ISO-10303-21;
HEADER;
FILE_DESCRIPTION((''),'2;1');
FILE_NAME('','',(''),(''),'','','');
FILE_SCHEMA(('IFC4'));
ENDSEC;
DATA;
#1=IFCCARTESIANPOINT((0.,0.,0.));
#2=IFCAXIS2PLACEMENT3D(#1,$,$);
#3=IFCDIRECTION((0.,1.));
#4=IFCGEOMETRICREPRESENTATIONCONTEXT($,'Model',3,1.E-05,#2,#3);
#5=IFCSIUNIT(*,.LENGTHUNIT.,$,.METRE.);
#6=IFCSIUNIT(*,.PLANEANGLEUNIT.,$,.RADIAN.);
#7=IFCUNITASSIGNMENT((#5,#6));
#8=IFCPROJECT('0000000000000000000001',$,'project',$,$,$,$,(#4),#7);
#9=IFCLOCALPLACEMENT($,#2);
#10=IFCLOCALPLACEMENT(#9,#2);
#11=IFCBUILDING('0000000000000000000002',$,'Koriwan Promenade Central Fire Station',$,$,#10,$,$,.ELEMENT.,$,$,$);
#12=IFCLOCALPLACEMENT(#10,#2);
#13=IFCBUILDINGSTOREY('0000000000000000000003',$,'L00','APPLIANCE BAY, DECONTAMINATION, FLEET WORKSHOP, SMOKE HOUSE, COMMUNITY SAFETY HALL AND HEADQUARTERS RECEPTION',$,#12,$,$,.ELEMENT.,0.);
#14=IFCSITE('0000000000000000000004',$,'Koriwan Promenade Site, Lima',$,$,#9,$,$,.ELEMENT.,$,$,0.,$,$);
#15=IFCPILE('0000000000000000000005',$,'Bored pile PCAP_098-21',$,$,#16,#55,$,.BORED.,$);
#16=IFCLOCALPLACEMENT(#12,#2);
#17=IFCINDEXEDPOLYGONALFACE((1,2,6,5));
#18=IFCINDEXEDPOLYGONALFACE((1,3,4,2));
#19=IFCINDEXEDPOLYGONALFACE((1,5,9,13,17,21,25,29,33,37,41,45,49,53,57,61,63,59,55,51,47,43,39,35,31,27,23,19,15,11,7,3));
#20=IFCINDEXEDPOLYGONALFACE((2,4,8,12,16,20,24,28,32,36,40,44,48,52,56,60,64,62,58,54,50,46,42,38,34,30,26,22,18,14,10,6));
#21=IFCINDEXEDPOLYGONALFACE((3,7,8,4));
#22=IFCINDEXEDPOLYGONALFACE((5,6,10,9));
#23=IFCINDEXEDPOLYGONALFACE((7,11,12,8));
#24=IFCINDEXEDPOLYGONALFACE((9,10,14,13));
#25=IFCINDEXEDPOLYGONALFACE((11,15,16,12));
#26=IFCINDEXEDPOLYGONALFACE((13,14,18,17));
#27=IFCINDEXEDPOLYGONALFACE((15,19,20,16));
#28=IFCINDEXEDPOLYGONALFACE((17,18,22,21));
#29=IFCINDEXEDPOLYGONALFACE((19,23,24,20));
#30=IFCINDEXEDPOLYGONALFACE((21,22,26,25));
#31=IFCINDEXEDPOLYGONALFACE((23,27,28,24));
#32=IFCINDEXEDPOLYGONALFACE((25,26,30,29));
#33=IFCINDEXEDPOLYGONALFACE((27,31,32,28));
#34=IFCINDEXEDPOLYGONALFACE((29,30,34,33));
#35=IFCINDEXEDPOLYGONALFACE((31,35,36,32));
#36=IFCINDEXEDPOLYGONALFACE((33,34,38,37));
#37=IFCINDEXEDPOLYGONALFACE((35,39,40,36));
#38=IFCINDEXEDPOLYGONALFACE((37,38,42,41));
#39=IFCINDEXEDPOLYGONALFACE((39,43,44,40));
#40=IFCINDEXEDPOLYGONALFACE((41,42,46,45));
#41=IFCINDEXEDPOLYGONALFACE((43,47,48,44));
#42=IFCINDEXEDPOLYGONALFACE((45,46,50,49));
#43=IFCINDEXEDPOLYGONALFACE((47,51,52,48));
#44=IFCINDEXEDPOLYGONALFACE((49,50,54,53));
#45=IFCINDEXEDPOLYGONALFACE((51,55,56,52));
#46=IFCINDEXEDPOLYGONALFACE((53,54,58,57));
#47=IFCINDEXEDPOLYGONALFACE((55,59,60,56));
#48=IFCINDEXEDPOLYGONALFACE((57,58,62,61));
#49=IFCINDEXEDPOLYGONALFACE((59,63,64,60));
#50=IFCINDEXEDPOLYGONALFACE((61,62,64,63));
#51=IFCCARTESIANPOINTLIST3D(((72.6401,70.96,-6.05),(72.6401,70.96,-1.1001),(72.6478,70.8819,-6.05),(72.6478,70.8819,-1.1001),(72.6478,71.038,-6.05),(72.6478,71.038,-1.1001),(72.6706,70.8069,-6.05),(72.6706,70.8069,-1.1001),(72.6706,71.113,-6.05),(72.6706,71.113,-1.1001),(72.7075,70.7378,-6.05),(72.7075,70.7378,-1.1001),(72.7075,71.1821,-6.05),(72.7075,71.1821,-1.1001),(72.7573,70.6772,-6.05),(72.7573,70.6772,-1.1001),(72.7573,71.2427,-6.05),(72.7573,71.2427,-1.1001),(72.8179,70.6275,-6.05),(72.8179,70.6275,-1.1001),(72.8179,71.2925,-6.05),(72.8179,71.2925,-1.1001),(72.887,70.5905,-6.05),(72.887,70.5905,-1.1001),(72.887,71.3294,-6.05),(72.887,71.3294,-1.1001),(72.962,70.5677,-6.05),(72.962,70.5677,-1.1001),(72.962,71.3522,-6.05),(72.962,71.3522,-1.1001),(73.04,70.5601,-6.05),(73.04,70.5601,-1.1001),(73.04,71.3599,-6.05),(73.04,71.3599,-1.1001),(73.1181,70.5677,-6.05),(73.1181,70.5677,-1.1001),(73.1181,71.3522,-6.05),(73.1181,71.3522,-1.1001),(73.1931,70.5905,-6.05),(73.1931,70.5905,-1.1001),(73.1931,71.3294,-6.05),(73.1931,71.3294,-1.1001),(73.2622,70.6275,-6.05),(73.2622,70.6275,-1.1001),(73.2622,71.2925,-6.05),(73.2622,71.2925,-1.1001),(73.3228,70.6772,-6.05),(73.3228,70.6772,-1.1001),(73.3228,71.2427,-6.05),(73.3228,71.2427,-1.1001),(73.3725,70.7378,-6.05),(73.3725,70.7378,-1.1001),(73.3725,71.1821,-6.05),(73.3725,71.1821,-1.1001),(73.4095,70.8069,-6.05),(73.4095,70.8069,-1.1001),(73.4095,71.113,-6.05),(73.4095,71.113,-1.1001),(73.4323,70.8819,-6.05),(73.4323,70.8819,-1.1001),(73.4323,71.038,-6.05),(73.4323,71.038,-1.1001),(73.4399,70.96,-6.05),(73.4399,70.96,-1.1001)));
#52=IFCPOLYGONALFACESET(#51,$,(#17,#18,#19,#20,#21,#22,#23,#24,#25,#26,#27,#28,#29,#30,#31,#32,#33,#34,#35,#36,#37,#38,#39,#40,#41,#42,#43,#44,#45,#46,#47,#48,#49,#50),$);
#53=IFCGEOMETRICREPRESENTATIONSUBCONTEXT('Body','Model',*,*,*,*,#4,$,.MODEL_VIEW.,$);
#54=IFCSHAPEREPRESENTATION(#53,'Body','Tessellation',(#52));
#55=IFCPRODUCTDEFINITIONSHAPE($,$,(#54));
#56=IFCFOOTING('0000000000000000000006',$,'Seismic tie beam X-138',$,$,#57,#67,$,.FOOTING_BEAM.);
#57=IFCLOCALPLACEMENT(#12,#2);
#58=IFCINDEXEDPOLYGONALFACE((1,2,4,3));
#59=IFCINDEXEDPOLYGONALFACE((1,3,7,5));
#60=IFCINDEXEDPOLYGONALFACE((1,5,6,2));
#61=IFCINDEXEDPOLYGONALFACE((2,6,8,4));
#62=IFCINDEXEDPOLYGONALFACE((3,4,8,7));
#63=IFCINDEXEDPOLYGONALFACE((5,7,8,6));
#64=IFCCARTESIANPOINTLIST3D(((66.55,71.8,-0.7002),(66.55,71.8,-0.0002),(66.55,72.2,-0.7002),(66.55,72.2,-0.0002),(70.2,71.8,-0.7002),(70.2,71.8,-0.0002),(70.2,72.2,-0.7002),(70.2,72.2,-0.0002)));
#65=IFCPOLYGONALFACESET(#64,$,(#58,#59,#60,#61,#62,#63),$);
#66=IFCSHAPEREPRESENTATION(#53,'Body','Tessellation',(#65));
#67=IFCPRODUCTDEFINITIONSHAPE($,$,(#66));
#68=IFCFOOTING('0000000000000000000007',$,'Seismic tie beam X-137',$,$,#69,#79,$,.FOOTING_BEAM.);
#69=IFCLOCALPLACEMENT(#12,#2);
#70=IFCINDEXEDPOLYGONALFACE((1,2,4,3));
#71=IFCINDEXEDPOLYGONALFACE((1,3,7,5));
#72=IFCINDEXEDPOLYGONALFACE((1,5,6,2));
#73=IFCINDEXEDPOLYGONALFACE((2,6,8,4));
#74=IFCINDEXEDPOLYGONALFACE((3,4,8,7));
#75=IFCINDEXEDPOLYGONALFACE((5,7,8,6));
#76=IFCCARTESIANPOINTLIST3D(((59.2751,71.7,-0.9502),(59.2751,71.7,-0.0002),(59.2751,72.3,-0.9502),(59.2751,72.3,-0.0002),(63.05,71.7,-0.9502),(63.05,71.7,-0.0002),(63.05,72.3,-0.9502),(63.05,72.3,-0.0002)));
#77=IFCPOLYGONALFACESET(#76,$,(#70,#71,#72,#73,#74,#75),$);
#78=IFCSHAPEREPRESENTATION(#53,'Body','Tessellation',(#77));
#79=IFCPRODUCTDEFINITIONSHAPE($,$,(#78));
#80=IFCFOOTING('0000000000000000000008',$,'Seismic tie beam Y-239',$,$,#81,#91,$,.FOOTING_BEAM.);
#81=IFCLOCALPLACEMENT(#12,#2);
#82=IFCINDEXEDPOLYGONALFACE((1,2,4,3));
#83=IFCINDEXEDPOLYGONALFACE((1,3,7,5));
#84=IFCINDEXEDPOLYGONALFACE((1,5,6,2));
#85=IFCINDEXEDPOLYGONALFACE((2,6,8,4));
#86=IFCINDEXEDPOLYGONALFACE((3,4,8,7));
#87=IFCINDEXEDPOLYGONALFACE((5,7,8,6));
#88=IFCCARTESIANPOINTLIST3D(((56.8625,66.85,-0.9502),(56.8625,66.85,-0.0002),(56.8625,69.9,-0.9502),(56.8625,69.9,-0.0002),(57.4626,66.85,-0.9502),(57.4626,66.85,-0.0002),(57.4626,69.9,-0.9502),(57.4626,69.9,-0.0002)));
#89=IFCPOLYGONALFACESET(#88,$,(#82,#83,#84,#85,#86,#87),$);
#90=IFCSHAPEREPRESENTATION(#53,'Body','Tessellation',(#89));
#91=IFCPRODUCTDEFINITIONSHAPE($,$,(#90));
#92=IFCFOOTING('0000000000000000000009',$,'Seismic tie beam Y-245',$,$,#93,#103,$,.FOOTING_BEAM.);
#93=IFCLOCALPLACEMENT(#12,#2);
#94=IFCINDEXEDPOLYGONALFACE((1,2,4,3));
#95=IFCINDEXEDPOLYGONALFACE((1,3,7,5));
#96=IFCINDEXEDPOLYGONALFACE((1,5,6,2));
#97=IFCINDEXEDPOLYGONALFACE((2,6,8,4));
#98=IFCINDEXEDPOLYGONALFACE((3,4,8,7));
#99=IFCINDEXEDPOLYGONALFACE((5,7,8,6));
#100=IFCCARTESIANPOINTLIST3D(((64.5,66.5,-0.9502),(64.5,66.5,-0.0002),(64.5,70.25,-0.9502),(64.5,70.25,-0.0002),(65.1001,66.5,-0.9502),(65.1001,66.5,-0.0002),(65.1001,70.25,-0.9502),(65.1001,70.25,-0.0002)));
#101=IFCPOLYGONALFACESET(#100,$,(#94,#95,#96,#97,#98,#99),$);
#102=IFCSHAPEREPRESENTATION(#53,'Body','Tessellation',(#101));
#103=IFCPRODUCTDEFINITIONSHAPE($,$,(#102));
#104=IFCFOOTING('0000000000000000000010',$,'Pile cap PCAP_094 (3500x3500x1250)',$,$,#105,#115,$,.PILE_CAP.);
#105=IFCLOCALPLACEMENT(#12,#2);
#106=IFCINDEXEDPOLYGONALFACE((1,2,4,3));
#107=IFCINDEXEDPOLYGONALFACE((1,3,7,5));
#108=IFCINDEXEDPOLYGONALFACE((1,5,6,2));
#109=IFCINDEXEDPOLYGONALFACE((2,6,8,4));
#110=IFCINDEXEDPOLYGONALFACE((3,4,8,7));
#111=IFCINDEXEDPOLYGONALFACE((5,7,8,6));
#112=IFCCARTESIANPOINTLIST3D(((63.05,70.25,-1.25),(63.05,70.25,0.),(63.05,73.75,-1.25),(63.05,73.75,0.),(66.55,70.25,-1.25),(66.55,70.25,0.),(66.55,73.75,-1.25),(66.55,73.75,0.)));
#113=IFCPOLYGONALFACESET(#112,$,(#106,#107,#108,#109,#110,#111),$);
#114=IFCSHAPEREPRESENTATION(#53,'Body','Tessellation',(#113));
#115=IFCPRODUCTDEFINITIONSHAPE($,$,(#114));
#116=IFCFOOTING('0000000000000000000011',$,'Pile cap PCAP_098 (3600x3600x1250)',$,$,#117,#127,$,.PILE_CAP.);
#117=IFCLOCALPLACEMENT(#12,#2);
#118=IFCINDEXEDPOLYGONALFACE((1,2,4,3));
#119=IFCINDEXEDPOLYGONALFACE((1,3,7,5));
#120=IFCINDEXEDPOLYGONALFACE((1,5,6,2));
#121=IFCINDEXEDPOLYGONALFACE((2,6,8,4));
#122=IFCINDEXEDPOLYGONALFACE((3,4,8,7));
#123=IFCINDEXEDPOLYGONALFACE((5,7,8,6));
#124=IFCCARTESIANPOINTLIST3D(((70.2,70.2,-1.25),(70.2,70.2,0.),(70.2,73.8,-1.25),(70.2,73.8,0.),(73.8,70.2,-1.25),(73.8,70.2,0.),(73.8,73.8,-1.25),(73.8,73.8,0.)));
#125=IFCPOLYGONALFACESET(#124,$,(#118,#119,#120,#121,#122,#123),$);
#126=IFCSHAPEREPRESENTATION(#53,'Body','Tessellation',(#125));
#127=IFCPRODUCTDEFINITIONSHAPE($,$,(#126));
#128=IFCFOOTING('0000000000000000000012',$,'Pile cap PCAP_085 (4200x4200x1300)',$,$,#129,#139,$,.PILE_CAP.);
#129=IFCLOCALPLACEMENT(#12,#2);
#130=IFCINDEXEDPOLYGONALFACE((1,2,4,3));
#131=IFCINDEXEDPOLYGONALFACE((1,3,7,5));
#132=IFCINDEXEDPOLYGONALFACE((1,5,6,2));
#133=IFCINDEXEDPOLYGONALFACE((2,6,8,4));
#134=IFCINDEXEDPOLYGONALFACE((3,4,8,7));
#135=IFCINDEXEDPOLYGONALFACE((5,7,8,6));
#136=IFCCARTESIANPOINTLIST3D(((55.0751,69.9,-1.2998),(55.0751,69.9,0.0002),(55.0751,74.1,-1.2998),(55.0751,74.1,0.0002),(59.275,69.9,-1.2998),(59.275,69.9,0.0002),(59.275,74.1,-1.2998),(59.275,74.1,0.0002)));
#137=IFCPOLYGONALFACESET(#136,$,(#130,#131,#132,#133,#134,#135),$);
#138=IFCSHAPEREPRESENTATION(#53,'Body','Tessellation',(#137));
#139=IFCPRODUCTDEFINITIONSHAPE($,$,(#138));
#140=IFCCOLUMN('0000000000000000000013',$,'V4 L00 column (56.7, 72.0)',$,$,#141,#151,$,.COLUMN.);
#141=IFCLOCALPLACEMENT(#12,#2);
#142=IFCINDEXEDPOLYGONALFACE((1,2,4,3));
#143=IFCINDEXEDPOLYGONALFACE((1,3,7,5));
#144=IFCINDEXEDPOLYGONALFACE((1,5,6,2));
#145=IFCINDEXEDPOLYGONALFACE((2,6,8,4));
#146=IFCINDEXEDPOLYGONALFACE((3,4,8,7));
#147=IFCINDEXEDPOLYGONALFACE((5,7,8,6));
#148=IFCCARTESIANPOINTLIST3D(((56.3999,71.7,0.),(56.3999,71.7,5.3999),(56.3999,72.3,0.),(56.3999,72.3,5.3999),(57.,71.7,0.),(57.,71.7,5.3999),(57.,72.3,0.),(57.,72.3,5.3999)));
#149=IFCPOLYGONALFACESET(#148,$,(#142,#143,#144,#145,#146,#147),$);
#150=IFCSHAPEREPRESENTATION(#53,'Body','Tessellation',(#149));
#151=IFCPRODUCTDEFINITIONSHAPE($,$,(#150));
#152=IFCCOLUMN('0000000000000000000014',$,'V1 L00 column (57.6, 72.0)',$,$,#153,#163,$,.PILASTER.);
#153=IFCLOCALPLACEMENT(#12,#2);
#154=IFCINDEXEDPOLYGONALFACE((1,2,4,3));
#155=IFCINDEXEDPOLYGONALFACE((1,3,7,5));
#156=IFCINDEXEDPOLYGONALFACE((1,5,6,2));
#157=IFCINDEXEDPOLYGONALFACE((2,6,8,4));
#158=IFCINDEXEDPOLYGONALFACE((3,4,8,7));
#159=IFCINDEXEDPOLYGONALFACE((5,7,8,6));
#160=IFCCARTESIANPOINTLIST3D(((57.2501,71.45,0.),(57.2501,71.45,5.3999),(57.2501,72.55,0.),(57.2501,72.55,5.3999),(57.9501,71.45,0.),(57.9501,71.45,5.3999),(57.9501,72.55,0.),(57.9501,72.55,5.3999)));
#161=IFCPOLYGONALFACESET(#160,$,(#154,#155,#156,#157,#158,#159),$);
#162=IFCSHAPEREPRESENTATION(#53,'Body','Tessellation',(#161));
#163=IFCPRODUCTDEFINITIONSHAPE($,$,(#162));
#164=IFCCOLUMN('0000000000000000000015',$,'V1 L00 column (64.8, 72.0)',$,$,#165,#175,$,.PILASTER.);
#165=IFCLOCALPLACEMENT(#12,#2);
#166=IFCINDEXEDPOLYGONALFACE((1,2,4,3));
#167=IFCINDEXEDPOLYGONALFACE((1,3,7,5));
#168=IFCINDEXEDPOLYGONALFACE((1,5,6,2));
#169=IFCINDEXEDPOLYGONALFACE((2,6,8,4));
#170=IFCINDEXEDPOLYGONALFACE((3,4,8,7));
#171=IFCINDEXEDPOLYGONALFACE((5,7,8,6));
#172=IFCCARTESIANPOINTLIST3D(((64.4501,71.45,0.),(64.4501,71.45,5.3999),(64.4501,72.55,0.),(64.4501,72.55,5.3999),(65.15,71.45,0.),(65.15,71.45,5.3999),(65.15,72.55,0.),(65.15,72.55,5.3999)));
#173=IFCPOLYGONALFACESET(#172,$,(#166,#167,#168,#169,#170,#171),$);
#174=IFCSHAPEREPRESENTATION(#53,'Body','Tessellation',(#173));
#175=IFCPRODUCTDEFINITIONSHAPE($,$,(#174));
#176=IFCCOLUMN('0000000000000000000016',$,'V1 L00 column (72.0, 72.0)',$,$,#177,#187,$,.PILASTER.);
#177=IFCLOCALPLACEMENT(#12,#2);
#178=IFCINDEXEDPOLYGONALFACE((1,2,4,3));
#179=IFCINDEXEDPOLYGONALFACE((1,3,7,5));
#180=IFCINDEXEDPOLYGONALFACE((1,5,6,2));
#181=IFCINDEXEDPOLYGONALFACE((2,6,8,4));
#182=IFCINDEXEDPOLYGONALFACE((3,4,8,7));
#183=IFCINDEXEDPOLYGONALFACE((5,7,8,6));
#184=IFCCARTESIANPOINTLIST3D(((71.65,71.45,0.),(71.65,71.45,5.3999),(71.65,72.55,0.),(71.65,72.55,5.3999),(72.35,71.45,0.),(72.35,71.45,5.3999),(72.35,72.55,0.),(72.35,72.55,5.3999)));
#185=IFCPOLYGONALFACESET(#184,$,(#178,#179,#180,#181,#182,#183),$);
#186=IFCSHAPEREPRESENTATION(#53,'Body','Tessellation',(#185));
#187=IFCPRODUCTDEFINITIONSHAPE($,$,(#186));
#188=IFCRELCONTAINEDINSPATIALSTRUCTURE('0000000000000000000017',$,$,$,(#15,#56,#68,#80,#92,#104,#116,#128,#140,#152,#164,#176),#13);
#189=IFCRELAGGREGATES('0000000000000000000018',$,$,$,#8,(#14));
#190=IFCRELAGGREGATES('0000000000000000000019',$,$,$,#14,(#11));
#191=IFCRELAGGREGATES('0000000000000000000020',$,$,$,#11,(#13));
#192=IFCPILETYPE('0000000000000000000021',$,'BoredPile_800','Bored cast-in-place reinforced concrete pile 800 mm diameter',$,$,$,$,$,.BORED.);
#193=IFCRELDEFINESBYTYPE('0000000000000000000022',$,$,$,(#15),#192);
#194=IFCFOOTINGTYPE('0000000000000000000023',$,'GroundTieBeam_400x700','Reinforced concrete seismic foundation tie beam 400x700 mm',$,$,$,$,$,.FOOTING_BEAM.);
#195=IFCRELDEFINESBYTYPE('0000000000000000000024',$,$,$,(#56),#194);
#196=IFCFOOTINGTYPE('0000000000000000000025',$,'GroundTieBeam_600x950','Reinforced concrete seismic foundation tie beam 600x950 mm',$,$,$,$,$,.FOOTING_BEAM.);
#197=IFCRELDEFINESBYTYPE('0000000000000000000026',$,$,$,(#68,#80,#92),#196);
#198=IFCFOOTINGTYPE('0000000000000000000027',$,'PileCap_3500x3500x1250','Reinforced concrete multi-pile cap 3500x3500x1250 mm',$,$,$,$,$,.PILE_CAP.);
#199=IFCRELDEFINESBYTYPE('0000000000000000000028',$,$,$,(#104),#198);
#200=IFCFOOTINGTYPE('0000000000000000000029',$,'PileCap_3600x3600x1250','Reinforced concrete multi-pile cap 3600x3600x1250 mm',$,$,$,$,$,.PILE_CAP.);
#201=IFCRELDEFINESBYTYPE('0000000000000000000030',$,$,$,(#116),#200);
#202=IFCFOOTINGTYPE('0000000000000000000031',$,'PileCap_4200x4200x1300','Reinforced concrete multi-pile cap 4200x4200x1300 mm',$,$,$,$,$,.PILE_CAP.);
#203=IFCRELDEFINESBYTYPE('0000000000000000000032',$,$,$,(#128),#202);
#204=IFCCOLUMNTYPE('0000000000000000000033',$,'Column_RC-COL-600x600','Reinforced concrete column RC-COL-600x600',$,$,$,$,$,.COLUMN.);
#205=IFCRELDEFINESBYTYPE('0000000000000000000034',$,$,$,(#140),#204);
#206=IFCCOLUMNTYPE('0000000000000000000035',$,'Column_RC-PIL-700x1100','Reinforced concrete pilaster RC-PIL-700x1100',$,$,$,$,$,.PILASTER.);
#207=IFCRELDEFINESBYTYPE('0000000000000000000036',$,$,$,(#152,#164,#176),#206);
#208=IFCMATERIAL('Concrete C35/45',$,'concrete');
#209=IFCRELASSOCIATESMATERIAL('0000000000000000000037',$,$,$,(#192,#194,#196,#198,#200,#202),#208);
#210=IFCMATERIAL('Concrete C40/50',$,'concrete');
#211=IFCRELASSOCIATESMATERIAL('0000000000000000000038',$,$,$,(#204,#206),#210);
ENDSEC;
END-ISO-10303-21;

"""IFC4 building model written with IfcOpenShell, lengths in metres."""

from ifc_helpers import new_model, si_unit, direction, frame, origin, origin_2d, place, context, subcontext, project, spatial, rectangle, circle, extrude, material, material_profile, profile_set, type_object, element, save


model = new_model("IFC4")

# Units and contexts
model_context = context("Model", 3, precision=1e-05, world=origin(), true_north=direction((0.0, 1.0)))
body_context = subcontext(model_context, "Body", "Model", "MODEL_VIEW")
ifc_project = project(units=[si_unit("LENGTHUNIT", "METRE"), si_unit("PLANEANGLEUNIT", "RADIAN")], contexts=[model_context])

# Site, building, storey
site_placement = place(None, origin())
site = spatial("IfcSite", under=ifc_project, at=site_placement, Name="Koriwan Promenade Site, Lima", CompositionType="ELEMENT", RefElevation=0.0)
building_placement = place(site_placement, origin())
building = spatial("IfcBuilding", under=site, at=building_placement, Name="Koriwan Promenade Central Fire Station", CompositionType="ELEMENT")
storey_placement = place(building_placement, origin())
storey = spatial("IfcBuildingStorey", under=building, at=storey_placement, Name="L00", Description="APPLIANCE BAY, DECONTAMINATION, FLEET WORKSHOP, SMOKE HOUSE, COMMUNITY SAFETY HALL AND HEADQUARTERS RECEPTION", CompositionType="ELEMENT", Elevation=0.0)

# Pile
ifc_material_1 = material(Name="Concrete C35/45", Category="concrete")
ifc_material_profile_1 = material_profile(ifc_material_1, circle(Radius=0.3999, at=origin_2d()), Name="PILE-D800")
ifc_profile_set_1 = profile_set([ifc_material_profile_1], Name="Concrete C35/45")
pile_type_1 = type_object("IfcPileType", Name="BoredPile_800", Description="Bored cast-in-place reinforced concrete pile 800 mm diameter", PredefinedType="BORED", material=ifc_profile_set_1)
for number, where, z_axis, x_axis, name in (
    (1, (73.04, 70.96, -1.1001), (0.0, 0.0, -1.0), (1.0, 0.0, 0.0), "Bored pile PCAP_098-21"),
):
    element("IfcPile", number, at=place(storey_placement, frame(where, z_axis=z_axis, x_axis=x_axis)), inside=storey, type_object=pile_type_1, Name=name, PredefinedType="BORED", context=body_context, shape_type="SweptSolid", body=[
        extrude(circle(Radius=0.3999, at=origin_2d()), origin(), (0.0, 0.0, 1.0), 4.95),
    ])

# Footings
footing_type_1 = type_object("IfcFootingType", Name="GroundTieBeam_400x700", Description="Reinforced concrete seismic foundation tie beam 400x700 mm", PredefinedType="FOOTING_BEAM", material=ifc_material_1)
footing_1_placement = place(storey_placement, frame((68.375, 72.0, -0.7002), z_axis=(0.0, 0.0, 1.0), x_axis=(1.0, 0.0, 0.0)))
element("IfcFooting", 2, at=footing_1_placement, inside=storey, type_object=footing_type_1, Name="Seismic tie beam X-138", PredefinedType="FOOTING_BEAM", context=body_context, shape_type="SweptSolid", body=[
    extrude(rectangle(XDim=3.6499, YDim=0.3999, at=origin_2d()), origin(), (0.0, 0.0, 1.0), 0.7),
])
footing_type_2 = type_object("IfcFootingType", Name="GroundTieBeam_600x950", Description="Reinforced concrete seismic foundation tie beam 600x950 mm", PredefinedType="FOOTING_BEAM", material=ifc_material_1)
footing_2_placement = place(storey_placement, frame((61.1626, 72.0, -0.9502), z_axis=(0.0, 0.0, 1.0), x_axis=(1.0, 0.0, 0.0)))
element("IfcFooting", 3, at=footing_2_placement, inside=storey, type_object=footing_type_2, Name="Seismic tie beam X-137", PredefinedType="FOOTING_BEAM", context=body_context, shape_type="SweptSolid", body=[
    extrude(rectangle(XDim=3.7749, YDim=0.6001, at=origin_2d()), origin(), (0.0, 0.0, 1.0), 0.95),
])
footing_3_placement = place(storey_placement, frame((57.1626, 68.375, -0.9502), z_axis=(0.0, 0.0, 1.0), x_axis=(0.0, 1.0, 0.0)))
element("IfcFooting", 4, at=footing_3_placement, inside=storey, type_object=footing_type_2, Name="Seismic tie beam Y-239", PredefinedType="FOOTING_BEAM", context=body_context, shape_type="SweptSolid", body=[
    extrude(rectangle(XDim=3.05, YDim=0.6001, at=origin_2d()), origin(), (0.0, 0.0, 1.0), 0.95),
])
footing_4_placement = place(storey_placement, frame((64.8, 68.375, -0.9502), z_axis=(0.0, 0.0, 1.0), x_axis=(0.0, 1.0, 0.0)))
element("IfcFooting", 5, at=footing_4_placement, inside=storey, type_object=footing_type_2, Name="Seismic tie beam Y-245", PredefinedType="FOOTING_BEAM", context=body_context, shape_type="SweptSolid", body=[
    extrude(rectangle(XDim=3.75, YDim=0.6001, at=origin_2d()), origin(), (0.0, 0.0, 1.0), 0.95),
])
footing_type_3 = type_object("IfcFootingType", Name="PileCap_3500x3500x1250", Description="Reinforced concrete multi-pile cap 3500x3500x1250 mm", PredefinedType="PILE_CAP", material=ifc_material_1)
footing_5_placement = place(storey_placement, frame((64.8, 72.0, -1.25), z_axis=(0.0, 0.0, 1.0), x_axis=(1.0, 0.0, 0.0)))
element("IfcFooting", 6, at=footing_5_placement, inside=storey, type_object=footing_type_3, Name="Pile cap PCAP_094 (3500x3500x1250)", PredefinedType="PILE_CAP", context=body_context, shape_type="SweptSolid", body=[
    extrude(rectangle(XDim=3.5, YDim=3.5, at=origin_2d()), origin(), (0.0, 0.0, 1.0), 1.25),
])
footing_type_4 = type_object("IfcFootingType", Name="PileCap_3600x3600x1250", Description="Reinforced concrete multi-pile cap 3600x3600x1250 mm", PredefinedType="PILE_CAP", material=ifc_material_1)
footing_6_placement = place(storey_placement, frame((72.0, 72.0, -1.25), z_axis=(0.0, 0.0, 1.0), x_axis=(1.0, 0.0, 0.0)))
element("IfcFooting", 7, at=footing_6_placement, inside=storey, type_object=footing_type_4, Name="Pile cap PCAP_098 (3600x3600x1250)", PredefinedType="PILE_CAP", context=body_context, shape_type="SweptSolid", body=[
    extrude(rectangle(XDim=3.6001, YDim=3.6001, at=origin_2d()), origin(), (0.0, 0.0, 1.0), 1.25),
])
footing_type_5 = type_object("IfcFootingType", Name="PileCap_4200x4200x1300", Description="Reinforced concrete multi-pile cap 4200x4200x1300 mm", PredefinedType="PILE_CAP", material=ifc_material_1)
footing_7_placement = place(storey_placement, frame((57.175, 72.0, -1.2998), z_axis=(0.0, 0.0, 1.0), x_axis=(1.0, 0.0, 0.0)))
element("IfcFooting", 8, at=footing_7_placement, inside=storey, type_object=footing_type_5, Name="Pile cap PCAP_085 (4200x4200x1300)", PredefinedType="PILE_CAP", context=body_context, shape_type="SweptSolid", body=[
    extrude(rectangle(XDim=4.2, YDim=4.2, at=origin_2d()), origin(), (0.0, 0.0, 1.0), 1.3),
])

# Columns
ifc_material_2 = material(Name="Concrete C40/50", Category="concrete")
ifc_material_profile_2 = material_profile(ifc_material_2, rectangle(XDim=0.6001, YDim=0.6001, at=origin_2d()), Name="RC-COL-600x600")
ifc_profile_set_2 = profile_set([ifc_material_profile_2], Name="Concrete C40/50")
column_type_1 = type_object("IfcColumnType", Name="Column_RC-COL-600x600", Description="Reinforced concrete column RC-COL-600x600", PredefinedType="COLUMN", material=ifc_profile_set_2)
column_placement = place(storey_placement, frame((56.7, 72.0, 0.0), z_axis=(0.0, 0.0, 1.0), x_axis=(1.0, 0.0, 0.0)))
element("IfcColumn", 9, at=column_placement, inside=storey, type_object=column_type_1, Name="V4 L00 column (56.7, 72.0)", PredefinedType="COLUMN", context=body_context, shape_type="SweptSolid", body=[
    extrude(rectangle(XDim=0.6001, YDim=0.6001, at=origin_2d()), origin(), (0.0, 0.0, 1.0), 5.3999),
])
ifc_material_profile_3 = material_profile(ifc_material_2, rectangle(XDim=0.7, YDim=1.1001, at=origin_2d()), Name="RC-PIL-700x1100")
ifc_profile_set_3 = profile_set([ifc_material_profile_3], Name="Concrete C40/50")
column_type_2 = type_object("IfcColumnType", Name="Column_RC-PIL-700x1100", Description="Reinforced concrete pilaster RC-PIL-700x1100", PredefinedType="PILASTER", material=ifc_profile_set_3)
for number, where, z_axis, x_axis, name in (
    (10, (57.6001, 72.0, 0.0), (0.0, 0.0, 1.0), (1.0, 0.0, 0.0), "V1 L00 column (57.6, 72.0)"),
    (11, (64.8, 72.0, 0.0), (0.0, 0.0, 1.0), (1.0, 0.0, 0.0), "V1 L00 column (64.8, 72.0)"),
    (12, (72.0, 72.0, 0.0), (0.0, 0.0, 1.0), (1.0, 0.0, 0.0), "V1 L00 column (72.0, 72.0)"),
):
    element("IfcColumn", number, at=place(storey_placement, frame(where, z_axis=z_axis, x_axis=x_axis)), inside=storey, type_object=column_type_2, Name=name, PredefinedType="PILASTER", context=body_context, shape_type="SweptSolid", body=[
        extrude(rectangle(XDim=0.7, YDim=1.1001, at=origin_2d()), origin(), (0.0, 0.0, 1.0), 5.3999),
    ])

save(model, "model.ifc")
